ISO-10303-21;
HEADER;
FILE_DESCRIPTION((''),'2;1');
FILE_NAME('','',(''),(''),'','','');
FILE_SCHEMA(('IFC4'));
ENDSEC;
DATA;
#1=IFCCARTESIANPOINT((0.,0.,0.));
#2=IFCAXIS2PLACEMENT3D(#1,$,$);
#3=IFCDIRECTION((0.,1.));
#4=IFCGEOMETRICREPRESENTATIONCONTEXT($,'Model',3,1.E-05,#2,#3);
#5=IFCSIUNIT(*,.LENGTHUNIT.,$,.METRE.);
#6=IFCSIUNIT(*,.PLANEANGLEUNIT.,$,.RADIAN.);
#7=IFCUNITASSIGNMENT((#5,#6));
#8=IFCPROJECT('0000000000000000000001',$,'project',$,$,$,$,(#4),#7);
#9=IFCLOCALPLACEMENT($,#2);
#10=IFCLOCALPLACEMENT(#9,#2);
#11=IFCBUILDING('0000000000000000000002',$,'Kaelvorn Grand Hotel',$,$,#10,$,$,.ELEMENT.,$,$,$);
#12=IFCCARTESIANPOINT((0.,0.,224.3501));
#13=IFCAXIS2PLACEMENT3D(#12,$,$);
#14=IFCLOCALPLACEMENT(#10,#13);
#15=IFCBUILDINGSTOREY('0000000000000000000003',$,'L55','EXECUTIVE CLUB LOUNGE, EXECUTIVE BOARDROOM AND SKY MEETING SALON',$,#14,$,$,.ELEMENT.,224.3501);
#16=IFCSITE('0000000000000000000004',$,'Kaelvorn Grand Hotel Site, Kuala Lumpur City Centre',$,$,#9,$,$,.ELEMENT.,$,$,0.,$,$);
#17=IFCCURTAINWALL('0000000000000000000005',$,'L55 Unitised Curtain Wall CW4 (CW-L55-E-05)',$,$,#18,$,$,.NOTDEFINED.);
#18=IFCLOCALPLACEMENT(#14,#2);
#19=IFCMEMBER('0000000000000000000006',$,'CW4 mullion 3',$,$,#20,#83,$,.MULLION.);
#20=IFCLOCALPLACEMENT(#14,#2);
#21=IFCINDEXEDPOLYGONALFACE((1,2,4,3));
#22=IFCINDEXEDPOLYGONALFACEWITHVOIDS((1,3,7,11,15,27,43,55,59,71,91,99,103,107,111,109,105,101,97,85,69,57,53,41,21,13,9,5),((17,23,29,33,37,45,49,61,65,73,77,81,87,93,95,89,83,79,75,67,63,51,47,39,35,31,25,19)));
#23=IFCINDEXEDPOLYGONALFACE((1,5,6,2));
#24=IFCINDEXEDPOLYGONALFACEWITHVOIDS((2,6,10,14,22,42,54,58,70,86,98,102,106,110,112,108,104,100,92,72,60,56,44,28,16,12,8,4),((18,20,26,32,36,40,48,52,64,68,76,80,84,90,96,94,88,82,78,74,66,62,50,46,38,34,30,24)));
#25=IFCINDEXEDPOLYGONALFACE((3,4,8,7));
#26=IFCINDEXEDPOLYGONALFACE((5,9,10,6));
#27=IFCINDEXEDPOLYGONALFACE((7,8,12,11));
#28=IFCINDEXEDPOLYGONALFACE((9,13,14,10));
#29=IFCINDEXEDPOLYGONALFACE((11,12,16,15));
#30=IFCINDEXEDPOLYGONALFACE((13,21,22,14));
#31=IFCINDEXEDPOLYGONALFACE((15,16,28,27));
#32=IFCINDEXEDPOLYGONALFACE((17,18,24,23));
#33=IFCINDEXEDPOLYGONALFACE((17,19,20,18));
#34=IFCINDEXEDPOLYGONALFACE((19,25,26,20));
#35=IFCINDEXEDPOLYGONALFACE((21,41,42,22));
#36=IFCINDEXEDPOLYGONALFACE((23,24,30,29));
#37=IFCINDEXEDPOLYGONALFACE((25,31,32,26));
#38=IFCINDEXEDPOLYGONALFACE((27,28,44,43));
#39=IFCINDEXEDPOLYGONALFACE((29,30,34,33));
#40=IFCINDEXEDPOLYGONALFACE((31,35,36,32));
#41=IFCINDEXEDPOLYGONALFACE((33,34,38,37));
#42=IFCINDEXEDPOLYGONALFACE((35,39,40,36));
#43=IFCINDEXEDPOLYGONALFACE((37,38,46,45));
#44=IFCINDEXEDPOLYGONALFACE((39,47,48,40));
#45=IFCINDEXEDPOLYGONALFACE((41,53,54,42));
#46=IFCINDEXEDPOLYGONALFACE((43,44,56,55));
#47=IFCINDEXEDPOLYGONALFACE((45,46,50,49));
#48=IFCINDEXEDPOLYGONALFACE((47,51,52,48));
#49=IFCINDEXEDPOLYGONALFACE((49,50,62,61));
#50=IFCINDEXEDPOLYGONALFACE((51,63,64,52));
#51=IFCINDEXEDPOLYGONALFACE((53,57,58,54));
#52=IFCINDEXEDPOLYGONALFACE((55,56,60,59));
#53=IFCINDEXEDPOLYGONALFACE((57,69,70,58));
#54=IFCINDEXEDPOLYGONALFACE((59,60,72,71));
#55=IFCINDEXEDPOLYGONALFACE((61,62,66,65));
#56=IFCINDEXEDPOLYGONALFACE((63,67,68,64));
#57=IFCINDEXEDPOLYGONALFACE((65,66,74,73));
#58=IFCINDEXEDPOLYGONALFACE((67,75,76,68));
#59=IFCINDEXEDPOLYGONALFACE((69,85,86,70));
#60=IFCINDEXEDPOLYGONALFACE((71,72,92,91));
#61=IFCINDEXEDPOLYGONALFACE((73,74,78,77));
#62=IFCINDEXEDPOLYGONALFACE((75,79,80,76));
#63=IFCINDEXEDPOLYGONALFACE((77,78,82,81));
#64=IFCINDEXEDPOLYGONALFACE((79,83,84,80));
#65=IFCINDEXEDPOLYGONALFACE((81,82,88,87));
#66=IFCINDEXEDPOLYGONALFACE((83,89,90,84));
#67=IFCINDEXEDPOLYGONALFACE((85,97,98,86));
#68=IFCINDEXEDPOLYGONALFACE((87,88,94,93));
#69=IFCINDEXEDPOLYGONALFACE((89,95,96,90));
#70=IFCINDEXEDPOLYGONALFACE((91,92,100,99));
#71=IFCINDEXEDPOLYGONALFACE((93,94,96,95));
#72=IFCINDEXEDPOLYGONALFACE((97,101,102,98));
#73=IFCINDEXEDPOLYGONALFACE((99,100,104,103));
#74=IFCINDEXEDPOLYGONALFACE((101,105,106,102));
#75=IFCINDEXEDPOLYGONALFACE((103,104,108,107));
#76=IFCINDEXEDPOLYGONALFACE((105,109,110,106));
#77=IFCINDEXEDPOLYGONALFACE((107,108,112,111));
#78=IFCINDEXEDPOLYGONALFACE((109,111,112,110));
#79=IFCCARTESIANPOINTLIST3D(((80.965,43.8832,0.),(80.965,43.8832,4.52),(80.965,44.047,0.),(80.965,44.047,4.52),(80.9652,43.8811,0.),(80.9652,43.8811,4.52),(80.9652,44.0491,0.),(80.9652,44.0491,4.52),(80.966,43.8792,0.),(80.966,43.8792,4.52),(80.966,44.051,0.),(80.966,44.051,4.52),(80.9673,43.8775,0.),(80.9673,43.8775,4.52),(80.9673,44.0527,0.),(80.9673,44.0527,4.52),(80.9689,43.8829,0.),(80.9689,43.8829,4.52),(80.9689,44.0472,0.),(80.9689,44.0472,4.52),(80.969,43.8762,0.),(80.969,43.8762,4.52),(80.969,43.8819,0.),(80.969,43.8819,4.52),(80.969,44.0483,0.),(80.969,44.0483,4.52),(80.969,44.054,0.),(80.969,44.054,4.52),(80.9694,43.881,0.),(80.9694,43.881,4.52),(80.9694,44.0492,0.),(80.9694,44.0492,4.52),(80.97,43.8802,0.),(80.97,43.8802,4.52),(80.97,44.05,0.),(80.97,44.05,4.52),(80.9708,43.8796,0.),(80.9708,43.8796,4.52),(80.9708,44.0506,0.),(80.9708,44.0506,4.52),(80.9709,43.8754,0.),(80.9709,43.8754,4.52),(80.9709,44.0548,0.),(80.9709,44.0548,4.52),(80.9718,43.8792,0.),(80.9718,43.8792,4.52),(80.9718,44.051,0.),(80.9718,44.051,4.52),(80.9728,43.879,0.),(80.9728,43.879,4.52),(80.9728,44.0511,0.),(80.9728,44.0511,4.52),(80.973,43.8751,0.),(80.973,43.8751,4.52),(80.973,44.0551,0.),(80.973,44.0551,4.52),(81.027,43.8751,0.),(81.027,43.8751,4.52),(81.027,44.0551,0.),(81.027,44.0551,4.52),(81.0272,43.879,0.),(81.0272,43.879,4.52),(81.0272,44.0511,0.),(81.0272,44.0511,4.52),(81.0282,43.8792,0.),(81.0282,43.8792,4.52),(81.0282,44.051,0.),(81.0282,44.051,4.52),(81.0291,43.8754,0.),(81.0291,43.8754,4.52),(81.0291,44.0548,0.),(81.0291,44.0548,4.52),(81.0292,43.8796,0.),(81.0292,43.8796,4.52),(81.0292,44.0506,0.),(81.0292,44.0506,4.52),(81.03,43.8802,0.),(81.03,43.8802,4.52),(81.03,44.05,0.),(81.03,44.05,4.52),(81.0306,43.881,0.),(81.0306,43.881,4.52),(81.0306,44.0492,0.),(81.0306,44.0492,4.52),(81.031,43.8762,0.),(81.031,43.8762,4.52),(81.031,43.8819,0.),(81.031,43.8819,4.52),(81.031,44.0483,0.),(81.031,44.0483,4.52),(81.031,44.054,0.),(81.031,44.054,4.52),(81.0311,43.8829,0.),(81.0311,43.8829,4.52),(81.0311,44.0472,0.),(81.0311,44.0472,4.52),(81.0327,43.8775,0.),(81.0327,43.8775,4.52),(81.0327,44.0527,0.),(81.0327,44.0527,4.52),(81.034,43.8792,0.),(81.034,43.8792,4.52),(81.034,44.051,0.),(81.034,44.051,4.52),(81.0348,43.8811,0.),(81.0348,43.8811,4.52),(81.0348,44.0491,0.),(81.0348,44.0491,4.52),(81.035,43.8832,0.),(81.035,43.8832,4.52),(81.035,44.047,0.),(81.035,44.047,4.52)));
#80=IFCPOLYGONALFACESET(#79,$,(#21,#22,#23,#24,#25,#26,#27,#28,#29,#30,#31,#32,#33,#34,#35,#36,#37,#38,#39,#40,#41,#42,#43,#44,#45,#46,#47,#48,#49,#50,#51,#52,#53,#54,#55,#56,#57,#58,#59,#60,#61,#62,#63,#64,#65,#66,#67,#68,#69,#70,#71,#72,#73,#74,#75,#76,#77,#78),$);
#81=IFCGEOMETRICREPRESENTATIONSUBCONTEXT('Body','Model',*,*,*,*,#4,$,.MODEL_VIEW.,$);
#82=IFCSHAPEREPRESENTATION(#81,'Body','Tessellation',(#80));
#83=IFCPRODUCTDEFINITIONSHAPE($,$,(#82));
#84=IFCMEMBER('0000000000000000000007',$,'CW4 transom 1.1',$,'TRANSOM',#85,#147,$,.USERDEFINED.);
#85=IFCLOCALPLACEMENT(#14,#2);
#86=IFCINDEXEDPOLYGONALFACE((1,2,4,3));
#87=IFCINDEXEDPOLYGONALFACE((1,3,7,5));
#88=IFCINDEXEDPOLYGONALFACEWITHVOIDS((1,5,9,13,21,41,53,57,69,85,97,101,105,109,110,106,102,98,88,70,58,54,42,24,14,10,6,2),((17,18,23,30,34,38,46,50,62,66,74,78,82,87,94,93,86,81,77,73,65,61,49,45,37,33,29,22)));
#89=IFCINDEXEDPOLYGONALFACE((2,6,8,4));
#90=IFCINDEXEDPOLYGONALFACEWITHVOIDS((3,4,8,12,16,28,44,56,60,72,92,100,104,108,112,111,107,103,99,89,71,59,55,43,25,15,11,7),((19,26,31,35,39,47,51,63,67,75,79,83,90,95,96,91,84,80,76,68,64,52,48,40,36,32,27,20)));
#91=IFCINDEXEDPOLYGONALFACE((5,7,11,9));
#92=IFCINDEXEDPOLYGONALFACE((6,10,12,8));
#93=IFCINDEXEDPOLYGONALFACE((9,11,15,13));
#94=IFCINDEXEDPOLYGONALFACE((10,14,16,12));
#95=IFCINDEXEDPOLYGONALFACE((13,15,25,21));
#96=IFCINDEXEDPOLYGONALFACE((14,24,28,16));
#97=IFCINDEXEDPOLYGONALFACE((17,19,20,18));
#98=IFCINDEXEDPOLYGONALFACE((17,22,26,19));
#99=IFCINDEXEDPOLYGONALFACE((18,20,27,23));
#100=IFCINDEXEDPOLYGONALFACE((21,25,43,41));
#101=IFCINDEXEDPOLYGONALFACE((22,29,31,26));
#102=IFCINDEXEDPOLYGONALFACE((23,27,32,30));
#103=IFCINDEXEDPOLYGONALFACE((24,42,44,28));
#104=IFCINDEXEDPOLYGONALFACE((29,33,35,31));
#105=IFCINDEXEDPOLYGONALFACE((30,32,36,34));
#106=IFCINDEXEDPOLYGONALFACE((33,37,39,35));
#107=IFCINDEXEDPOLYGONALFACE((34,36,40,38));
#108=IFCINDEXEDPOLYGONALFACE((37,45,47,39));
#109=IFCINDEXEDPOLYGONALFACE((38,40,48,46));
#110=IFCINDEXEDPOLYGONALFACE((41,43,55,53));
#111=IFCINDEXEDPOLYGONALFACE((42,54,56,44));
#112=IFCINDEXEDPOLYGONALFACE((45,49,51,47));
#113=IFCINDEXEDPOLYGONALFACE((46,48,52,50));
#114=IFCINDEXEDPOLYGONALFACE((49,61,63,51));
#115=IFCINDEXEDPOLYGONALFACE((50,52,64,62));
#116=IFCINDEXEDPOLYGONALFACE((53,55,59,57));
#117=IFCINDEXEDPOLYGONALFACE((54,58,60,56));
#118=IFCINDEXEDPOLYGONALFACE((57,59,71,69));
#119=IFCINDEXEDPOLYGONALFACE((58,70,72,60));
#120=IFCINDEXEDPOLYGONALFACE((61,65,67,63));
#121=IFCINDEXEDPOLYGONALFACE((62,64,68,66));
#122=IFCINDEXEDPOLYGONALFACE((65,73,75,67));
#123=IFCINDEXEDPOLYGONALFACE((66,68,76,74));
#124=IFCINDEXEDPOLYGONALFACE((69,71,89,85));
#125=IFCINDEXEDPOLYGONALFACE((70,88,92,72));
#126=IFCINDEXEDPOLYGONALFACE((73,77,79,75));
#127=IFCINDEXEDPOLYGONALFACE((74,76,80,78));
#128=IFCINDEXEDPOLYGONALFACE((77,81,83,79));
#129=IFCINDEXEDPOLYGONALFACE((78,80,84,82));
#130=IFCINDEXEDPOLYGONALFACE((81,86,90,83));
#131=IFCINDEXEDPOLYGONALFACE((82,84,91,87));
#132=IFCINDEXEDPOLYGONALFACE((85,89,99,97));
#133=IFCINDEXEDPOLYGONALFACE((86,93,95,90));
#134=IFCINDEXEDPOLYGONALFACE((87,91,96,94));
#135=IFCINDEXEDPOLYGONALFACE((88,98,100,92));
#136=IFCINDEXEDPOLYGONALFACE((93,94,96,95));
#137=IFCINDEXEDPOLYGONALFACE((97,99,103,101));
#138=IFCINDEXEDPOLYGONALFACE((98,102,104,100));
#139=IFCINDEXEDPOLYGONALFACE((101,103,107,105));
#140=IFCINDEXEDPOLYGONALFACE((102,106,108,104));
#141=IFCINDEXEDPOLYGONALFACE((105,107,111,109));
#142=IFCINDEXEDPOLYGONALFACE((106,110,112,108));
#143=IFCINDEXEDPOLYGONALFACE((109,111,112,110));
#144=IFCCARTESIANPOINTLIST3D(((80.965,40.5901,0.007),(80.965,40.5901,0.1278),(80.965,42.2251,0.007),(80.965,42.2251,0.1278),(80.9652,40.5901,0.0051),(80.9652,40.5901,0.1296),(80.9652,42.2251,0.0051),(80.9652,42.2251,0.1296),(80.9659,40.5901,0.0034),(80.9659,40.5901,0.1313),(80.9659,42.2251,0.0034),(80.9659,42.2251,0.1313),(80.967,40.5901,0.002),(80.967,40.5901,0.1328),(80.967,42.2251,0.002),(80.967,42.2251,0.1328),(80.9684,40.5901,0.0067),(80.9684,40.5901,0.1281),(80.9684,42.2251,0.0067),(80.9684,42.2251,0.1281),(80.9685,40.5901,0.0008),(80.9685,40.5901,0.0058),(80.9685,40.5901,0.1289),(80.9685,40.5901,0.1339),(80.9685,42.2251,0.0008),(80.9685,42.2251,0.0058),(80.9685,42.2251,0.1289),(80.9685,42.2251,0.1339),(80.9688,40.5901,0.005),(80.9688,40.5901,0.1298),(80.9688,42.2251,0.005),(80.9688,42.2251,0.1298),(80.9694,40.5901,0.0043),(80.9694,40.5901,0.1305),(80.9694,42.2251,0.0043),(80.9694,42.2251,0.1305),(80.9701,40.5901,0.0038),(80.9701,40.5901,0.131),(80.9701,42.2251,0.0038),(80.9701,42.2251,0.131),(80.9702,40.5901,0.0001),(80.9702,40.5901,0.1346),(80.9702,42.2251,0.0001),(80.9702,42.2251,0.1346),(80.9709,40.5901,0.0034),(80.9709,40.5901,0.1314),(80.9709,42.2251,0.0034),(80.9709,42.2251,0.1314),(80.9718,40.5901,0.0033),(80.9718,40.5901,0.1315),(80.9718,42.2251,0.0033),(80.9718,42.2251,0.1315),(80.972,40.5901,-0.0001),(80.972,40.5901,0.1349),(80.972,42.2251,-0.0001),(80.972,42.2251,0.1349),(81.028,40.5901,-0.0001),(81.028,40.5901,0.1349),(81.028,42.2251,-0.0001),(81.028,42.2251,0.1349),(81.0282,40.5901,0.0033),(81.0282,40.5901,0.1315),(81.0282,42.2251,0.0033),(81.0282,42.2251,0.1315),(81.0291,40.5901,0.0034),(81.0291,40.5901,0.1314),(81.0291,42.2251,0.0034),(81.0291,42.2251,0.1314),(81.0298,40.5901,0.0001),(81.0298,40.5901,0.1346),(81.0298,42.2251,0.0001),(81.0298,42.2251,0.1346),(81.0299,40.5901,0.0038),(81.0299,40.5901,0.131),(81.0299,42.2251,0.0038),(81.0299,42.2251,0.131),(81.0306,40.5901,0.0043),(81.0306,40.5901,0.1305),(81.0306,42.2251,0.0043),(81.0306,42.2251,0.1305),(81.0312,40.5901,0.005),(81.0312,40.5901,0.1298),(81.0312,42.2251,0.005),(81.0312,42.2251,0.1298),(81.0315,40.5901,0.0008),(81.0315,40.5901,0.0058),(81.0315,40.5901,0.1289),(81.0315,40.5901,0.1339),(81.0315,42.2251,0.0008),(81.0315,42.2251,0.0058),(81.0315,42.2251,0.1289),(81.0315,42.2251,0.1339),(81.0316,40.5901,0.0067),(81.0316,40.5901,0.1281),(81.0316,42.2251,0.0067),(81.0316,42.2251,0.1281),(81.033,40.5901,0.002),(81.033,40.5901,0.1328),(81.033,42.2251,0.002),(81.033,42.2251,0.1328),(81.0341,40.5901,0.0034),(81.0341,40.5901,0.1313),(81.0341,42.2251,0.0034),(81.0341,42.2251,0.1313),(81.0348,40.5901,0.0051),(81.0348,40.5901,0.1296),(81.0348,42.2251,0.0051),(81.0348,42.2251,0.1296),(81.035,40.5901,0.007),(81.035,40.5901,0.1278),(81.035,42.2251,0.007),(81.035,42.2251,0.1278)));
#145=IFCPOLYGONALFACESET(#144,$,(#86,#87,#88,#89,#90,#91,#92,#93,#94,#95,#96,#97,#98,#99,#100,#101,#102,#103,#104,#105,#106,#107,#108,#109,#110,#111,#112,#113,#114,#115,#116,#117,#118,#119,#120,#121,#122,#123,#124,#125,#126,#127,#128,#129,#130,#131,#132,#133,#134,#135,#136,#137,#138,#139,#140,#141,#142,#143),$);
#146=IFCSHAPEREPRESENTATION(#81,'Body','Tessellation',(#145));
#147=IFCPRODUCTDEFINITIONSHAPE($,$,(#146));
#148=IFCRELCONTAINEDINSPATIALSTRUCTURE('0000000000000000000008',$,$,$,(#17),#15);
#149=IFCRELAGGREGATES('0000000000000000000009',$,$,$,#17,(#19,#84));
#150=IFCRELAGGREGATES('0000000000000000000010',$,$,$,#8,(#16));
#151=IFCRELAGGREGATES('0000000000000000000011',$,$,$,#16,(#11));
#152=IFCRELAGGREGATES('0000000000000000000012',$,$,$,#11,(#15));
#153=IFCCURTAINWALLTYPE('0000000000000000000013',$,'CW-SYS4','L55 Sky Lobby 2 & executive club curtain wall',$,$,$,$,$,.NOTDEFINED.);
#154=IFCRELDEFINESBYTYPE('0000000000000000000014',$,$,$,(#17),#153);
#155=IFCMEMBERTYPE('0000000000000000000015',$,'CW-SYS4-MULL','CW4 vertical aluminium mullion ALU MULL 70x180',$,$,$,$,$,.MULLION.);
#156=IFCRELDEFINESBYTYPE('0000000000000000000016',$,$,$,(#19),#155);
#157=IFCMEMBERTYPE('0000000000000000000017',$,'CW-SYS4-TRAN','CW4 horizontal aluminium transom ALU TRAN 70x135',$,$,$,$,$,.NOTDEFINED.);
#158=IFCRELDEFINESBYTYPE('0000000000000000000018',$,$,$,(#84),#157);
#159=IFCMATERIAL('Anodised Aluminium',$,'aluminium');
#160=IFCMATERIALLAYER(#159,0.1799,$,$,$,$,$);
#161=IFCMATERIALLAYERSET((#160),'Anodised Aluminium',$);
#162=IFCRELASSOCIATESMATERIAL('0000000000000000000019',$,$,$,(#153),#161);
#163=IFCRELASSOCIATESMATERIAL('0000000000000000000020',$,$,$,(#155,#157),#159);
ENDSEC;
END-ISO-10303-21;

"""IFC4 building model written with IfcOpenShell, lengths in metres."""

from ifc_helpers import new_model, si_unit, direction, frame, origin, origin_2d, place, context, subcontext, project, spatial, hollow_rectangle, extrude, material, layer, layer_set, material_profile, profile_set, type_object, element, aggregate, save


model = new_model("IFC4")

# Units and contexts
model_context = context("Model", 3, precision=1e-05, world=origin(), true_north=direction((0.0, 1.0)))
body_context = subcontext(model_context, "Body", "Model", "MODEL_VIEW")
ifc_project = project(units=[si_unit("LENGTHUNIT", "METRE"), si_unit("PLANEANGLEUNIT", "RADIAN")], contexts=[model_context])

# Site, building, storey
site_placement = place(None, origin())
site = spatial("IfcSite", under=ifc_project, at=site_placement, Name="Kaelvorn Grand Hotel Site, Kuala Lumpur City Centre", CompositionType="ELEMENT", RefElevation=0.0)
building_placement = place(site_placement, origin())
building = spatial("IfcBuilding", under=site, at=building_placement, Name="Kaelvorn Grand Hotel", CompositionType="ELEMENT")
storey_placement = place(building_placement, frame((0.0, 0.0, 224.3501)))
storey = spatial("IfcBuildingStorey", under=building, at=storey_placement, Name="L55", Description="EXECUTIVE CLUB LOUNGE, EXECUTIVE BOARDROOM AND SKY MEETING SALON", CompositionType="ELEMENT", Elevation=224.3501)

# Shared definitions
ifc_material_1 = material(Name="Anodised Aluminium", Category="aluminium")
ifc_layer_1 = layer(ifc_material_1, 0.1799)
ifc_layer_set_1 = layer_set([ifc_layer_1], Name="Anodised Aluminium")
curtain_wall_type = type_object("IfcCurtainWallType", Name="CW-SYS4", Description="L55 Sky Lobby 2 & executive club curtain wall", PredefinedType="NOTDEFINED", material=ifc_layer_set_1)
ifc_material_profile_1 = material_profile(ifc_material_1, hollow_rectangle(XDim=0.0701, YDim=0.1799, WallThickness=0.0039, InnerFilletRadius=0.0039, OuterFilletRadius=0.0081, at=origin_2d()), Name="ALU MULL 70x180")
ifc_profile_set_1 = profile_set([ifc_material_profile_1], Name="Anodised Aluminium")
member_type_1 = type_object("IfcMemberType", Name="CW-SYS4-MULL", Description="CW4 vertical aluminium mullion ALU MULL 70x180", PredefinedType="MULLION", material=ifc_profile_set_1)

# Curtain wall, members
curtain_wall_1_placement = place(storey_placement, origin())
curtain_wall_1 = element("IfcCurtainWall", 1, at=curtain_wall_1_placement, inside=storey, type_object=curtain_wall_type, Name="L55 Unitised Curtain Wall CW4 (CW-L55-E-05)", PredefinedType="NOTDEFINED")
member_1_placement = place(storey_placement, frame((81.0, 43.9651, 0.0), z_axis=(0.0, 0.0, 1.0), x_axis=(-1.0, 0.0, 0.0)))
member_1 = element("IfcMember", 2, at=member_1_placement, type_object=member_type_1, Name="CW4 mullion 3", PredefinedType="MULLION", context=body_context, shape_type="SweptSolid", body=[
    extrude(hollow_rectangle(XDim=0.0701, YDim=0.1799, WallThickness=0.0039, InnerFilletRadius=0.0039, OuterFilletRadius=0.0081, at=origin_2d()), origin(), (0.0, 0.0, 1.0), 4.52),
])
ifc_material_profile_2 = material_profile(ifc_material_1, hollow_rectangle(XDim=0.0701, YDim=0.135, WallThickness=0.0034, InnerFilletRadius=0.0034, OuterFilletRadius=0.0071, at=origin_2d()), Name="ALU TRAN 70x135")
ifc_profile_set_2 = profile_set([ifc_material_profile_2], Name="Anodised Aluminium")
member_type_2 = type_object("IfcMemberType", Name="CW-SYS4-TRAN", Description="CW4 horizontal aluminium transom ALU TRAN 70x135", PredefinedType="NOTDEFINED", material=ifc_profile_set_2)
member_2_placement = place(storey_placement, frame((81.0, 40.5901, 0.0674), z_axis=(0.0, 1.0, 0.0), x_axis=(-1.0, 0.0, 0.0)))
member_2 = element("IfcMember", 3, at=member_2_placement, type_object=member_type_2, Name="CW4 transom 1.1", ObjectType="TRANSOM", PredefinedType="USERDEFINED", context=body_context, shape_type="SweptSolid", body=[
    extrude(hollow_rectangle(XDim=0.0701, YDim=0.135, WallThickness=0.0034, InnerFilletRadius=0.0034, OuterFilletRadius=0.0071, at=origin_2d()), origin(), (0.0, 0.0, 1.0), 1.635),
])
aggregate(curtain_wall_1, [member_1, member_2])

save(model, "model.ifc")
